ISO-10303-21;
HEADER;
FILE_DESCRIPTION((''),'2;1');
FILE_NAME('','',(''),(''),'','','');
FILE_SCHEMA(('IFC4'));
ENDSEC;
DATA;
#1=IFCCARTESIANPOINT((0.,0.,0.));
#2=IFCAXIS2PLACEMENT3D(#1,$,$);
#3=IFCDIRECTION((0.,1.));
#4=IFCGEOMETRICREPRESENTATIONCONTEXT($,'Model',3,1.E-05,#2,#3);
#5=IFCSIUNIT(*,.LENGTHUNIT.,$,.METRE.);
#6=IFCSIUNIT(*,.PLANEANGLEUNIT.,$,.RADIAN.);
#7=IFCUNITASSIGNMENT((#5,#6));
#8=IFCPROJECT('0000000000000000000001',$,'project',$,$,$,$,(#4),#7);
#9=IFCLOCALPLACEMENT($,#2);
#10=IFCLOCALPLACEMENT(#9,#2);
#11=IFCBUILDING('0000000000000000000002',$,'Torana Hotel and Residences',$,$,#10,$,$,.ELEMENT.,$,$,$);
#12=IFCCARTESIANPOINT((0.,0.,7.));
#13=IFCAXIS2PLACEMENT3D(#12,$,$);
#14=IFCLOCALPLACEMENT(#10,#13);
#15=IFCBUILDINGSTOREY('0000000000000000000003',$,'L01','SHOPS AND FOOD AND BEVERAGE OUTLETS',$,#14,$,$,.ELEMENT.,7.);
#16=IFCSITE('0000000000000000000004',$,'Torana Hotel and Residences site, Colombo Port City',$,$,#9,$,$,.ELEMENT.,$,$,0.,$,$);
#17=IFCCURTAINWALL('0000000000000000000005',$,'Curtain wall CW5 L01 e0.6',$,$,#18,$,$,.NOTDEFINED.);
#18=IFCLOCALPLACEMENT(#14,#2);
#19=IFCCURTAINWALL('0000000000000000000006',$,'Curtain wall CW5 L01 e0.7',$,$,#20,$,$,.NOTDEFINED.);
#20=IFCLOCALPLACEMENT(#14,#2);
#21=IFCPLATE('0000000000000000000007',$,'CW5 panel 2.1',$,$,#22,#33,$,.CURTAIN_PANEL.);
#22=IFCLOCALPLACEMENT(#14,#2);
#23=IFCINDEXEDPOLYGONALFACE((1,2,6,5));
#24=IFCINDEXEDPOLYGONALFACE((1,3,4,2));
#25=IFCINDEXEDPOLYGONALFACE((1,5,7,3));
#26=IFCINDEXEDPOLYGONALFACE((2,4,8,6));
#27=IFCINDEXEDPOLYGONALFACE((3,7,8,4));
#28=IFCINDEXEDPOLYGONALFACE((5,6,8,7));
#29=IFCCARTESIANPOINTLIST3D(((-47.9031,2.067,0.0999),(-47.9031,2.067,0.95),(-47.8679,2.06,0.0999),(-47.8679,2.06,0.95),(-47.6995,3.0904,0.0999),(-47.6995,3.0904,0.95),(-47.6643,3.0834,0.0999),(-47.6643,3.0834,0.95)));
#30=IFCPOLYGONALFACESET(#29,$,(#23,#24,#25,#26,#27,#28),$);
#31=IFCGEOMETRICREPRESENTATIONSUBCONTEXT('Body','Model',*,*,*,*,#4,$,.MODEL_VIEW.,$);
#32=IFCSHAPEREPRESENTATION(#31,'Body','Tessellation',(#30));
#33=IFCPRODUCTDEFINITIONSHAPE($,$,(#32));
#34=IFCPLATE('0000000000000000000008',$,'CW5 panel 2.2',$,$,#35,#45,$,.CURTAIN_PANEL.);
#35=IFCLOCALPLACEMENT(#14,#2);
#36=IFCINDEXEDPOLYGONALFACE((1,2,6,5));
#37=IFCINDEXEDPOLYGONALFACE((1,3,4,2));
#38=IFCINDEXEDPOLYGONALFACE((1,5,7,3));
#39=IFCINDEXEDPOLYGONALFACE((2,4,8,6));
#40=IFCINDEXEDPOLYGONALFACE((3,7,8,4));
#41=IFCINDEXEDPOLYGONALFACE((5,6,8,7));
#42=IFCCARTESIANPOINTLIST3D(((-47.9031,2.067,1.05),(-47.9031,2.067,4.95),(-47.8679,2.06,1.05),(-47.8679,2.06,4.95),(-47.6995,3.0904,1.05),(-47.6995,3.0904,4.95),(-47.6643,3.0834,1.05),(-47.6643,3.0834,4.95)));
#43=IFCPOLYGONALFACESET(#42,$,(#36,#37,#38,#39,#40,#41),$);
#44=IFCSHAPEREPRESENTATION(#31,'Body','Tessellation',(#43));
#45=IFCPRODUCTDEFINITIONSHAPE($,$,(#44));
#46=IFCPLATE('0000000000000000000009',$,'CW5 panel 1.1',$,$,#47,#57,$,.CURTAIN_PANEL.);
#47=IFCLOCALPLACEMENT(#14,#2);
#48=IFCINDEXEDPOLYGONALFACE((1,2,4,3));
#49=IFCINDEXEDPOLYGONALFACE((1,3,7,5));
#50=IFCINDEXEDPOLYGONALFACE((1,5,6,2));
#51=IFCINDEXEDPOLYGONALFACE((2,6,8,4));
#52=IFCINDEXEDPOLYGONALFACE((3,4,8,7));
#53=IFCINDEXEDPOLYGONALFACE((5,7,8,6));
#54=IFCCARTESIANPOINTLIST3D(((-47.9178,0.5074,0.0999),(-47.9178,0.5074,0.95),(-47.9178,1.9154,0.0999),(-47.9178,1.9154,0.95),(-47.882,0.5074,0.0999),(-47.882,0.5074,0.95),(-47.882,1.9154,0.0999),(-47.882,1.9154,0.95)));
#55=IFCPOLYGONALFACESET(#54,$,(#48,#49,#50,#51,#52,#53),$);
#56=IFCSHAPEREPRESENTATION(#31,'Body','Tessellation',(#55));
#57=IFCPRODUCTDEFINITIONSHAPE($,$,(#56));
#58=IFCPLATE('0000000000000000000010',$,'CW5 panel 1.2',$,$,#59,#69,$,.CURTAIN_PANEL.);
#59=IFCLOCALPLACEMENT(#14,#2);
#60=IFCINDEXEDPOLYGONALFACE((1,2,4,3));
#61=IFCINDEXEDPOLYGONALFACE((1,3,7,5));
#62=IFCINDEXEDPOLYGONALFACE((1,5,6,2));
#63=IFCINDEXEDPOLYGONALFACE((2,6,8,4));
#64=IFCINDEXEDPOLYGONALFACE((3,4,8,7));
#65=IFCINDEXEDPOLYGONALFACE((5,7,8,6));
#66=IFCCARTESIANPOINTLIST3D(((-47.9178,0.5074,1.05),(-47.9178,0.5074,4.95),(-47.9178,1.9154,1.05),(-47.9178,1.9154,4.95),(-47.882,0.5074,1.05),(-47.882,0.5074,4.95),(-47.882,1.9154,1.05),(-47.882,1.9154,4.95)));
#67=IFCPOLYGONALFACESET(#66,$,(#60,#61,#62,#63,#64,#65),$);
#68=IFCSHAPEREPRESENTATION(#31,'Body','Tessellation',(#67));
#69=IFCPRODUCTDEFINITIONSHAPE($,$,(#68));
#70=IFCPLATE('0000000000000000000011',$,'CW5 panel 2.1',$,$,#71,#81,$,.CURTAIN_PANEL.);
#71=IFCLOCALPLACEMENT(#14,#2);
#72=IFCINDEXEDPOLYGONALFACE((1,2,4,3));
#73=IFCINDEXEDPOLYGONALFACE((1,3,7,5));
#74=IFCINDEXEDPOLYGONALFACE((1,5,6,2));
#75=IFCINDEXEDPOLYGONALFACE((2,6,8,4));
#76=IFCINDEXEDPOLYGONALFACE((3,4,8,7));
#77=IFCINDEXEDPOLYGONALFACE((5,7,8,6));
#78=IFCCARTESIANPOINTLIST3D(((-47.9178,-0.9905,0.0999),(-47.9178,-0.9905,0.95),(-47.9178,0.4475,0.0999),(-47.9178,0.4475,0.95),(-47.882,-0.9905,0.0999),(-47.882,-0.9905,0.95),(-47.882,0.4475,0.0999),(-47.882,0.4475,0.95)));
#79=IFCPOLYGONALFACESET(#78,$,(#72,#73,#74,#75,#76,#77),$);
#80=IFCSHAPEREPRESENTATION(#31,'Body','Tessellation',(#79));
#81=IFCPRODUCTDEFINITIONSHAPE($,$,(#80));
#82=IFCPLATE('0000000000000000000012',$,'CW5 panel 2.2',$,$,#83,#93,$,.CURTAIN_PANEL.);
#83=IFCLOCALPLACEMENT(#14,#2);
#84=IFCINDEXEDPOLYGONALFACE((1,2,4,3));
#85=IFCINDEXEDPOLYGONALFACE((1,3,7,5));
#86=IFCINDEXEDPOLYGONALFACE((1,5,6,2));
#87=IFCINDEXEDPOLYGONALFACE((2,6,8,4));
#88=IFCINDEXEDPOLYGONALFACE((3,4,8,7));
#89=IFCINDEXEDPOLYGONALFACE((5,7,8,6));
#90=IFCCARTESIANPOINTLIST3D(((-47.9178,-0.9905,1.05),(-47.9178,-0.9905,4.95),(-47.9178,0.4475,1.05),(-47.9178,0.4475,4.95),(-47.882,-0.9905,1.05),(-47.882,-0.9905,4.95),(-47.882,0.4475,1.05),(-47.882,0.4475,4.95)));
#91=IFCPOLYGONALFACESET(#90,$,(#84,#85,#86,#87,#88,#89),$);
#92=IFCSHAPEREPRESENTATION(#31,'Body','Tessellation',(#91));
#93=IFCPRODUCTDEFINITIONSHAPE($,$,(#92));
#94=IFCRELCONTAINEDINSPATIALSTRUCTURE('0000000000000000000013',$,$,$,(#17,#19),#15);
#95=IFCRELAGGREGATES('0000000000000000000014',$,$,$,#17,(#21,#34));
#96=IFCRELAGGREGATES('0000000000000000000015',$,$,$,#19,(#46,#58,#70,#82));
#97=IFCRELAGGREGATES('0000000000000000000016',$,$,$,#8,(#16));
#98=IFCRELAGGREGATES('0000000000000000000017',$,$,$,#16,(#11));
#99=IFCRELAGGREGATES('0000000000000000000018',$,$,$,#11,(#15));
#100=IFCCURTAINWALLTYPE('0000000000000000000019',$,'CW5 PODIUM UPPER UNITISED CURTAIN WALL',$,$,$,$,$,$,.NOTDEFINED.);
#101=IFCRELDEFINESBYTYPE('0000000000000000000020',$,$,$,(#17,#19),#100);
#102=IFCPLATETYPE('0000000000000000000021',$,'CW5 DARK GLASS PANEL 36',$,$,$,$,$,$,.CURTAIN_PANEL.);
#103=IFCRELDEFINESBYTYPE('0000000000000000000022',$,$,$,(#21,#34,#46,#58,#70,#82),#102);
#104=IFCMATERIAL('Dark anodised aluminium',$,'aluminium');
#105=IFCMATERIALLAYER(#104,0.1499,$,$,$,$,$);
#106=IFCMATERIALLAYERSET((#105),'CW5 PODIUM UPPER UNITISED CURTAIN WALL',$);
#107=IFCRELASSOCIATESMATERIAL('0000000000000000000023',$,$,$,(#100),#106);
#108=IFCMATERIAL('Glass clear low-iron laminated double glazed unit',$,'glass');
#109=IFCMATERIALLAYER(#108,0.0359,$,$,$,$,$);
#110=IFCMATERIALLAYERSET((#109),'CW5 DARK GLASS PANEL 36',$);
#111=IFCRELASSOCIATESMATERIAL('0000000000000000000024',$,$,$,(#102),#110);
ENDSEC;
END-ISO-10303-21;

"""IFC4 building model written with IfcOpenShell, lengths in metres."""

from ifc_helpers import new_model, si_unit, direction, frame, origin, origin_2d, place, context, subcontext, project, spatial, rectangle, extrude, material, layer, layer_set, type_object, element, aggregate, save


model = new_model("IFC4")

# Units and contexts
model_context = context("Model", 3, precision=1e-05, world=origin(), true_north=direction((0.0, 1.0)))
body_context = subcontext(model_context, "Body", "Model", "MODEL_VIEW")
ifc_project = project(units=[si_unit("LENGTHUNIT", "METRE"), si_unit("PLANEANGLEUNIT", "RADIAN")], contexts=[model_context])

# Site, building, storey
site_placement = place(None, origin())
site = spatial("IfcSite", under=ifc_project, at=site_placement, Name="Torana Hotel and Residences site, Colombo Port City", CompositionType="ELEMENT", RefElevation=0.0)
building_placement = place(site_placement, origin())
building = spatial("IfcBuilding", under=site, at=building_placement, Name="Torana Hotel and Residences", CompositionType="ELEMENT")
storey_placement = place(building_placement, frame((0.0, 0.0, 7.0)))
storey = spatial("IfcBuildingStorey", under=building, at=storey_placement, Name="L01", Description="SHOPS AND FOOD AND BEVERAGE OUTLETS", CompositionType="ELEMENT", Elevation=7.0)

# Curtain walls
ifc_material_1 = material(Name="Dark anodised aluminium", Category="aluminium")
ifc_layer_1 = layer(ifc_material_1, 0.1499)
ifc_layer_set_1 = layer_set([ifc_layer_1], Name="CW5 PODIUM UPPER UNITISED CURTAIN WALL")
curtain_wall_type = type_object("IfcCurtainWallType", Name="CW5 PODIUM UPPER UNITISED CURTAIN WALL", PredefinedType="NOTDEFINED", material=ifc_layer_set_1)
curtain_wall_1_placement = place(storey_placement, origin())
curtain_wall_1 = element("IfcCurtainWall", 1, at=curtain_wall_1_placement, inside=storey, type_object=curtain_wall_type, Name="Curtain wall CW5 L01 e0.6", PredefinedType="NOTDEFINED")
curtain_wall_2_placement = place(storey_placement, origin())
curtain_wall_2 = element("IfcCurtainWall", 2, at=curtain_wall_2_placement, inside=storey, type_object=curtain_wall_type, Name="Curtain wall CW5 L01 e0.7", PredefinedType="NOTDEFINED")

# Plates
ifc_material_2 = material(Name="Glass clear low-iron laminated double glazed unit", Category="glass")
ifc_layer_2 = layer(ifc_material_2, 0.0359)
ifc_layer_set_2 = layer_set([ifc_layer_2], Name="CW5 DARK GLASS PANEL 36")
plate_type = type_object("IfcPlateType", Name="CW5 DARK GLASS PANEL 36", PredefinedType="CURTAIN_PANEL", material=ifc_layer_set_2)
plate_1_placement = place(storey_placement, frame((-47.7837, 2.5752, 0.0999), z_axis=(0.0, 0.0, 1.0), x_axis=(-0.195081, -0.980787, 0.0)))
plate_1 = element("IfcPlate", 3, at=plate_1_placement, type_object=plate_type, Name="CW5 panel 2.1", PredefinedType="CURTAIN_PANEL", context=body_context, shape_type="SweptSolid", body=[
    extrude(rectangle(XDim=1.0435, YDim=0.0359, at=origin_2d()), origin(), (0.0, 0.0, 1.0), 0.8501),
])
plate_2_placement = place(storey_placement, frame((-47.7837, 2.5752, 1.05), z_axis=(0.0, 0.0, 1.0), x_axis=(-0.195081, -0.980787, 0.0)))
plate_2 = element("IfcPlate", 4, at=plate_2_placement, type_object=plate_type, Name="CW5 panel 2.2", PredefinedType="CURTAIN_PANEL", context=body_context, shape_type="SweptSolid", body=[
    extrude(rectangle(XDim=1.0435, YDim=0.0359, at=origin_2d()), origin(), (0.0, 0.0, 1.0), 3.8999),
])
aggregate(curtain_wall_1, [plate_1, plate_2])
plate_3_placement = place(storey_placement, frame((-47.8999, 1.2114, 0.0999), z_axis=(0.0, 0.0, 1.0), x_axis=(0.0, -1.0, 0.0)))
plate_3 = element("IfcPlate", 5, at=plate_3_placement, type_object=plate_type, Name="CW5 panel 1.1", PredefinedType="CURTAIN_PANEL", context=body_context, shape_type="SweptSolid", body=[
    extrude(rectangle(XDim=1.408, YDim=0.0359, at=origin_2d()), origin(), (0.0, 0.0, 1.0), 0.8501),
])
plate_4_placement = place(storey_placement, frame((-47.8999, 1.2114, 1.05), z_axis=(0.0, 0.0, 1.0), x_axis=(0.0, -1.0, 0.0)))
plate_4 = element("IfcPlate", 6, at=plate_4_placement, type_object=plate_type, Name="CW5 panel 1.2", PredefinedType="CURTAIN_PANEL", context=body_context, shape_type="SweptSolid", body=[
    extrude(rectangle(XDim=1.408, YDim=0.0359, at=origin_2d()), origin(), (0.0, 0.0, 1.0), 3.8999),
])
plate_5_placement = place(storey_placement, frame((-47.8999, -0.2715, 0.0999), z_axis=(0.0, 0.0, 1.0), x_axis=(0.0, -1.0, 0.0)))
plate_5 = element("IfcPlate", 7, at=plate_5_placement, type_object=plate_type, Name="CW5 panel 2.1", PredefinedType="CURTAIN_PANEL", context=body_context, shape_type="SweptSolid", body=[
    extrude(rectangle(XDim=1.438, YDim=0.0359, at=origin_2d()), origin(), (0.0, 0.0, 1.0), 0.8501),
])
plate_6_placement = place(storey_placement, frame((-47.8999, -0.2715, 1.05), z_axis=(0.0, 0.0, 1.0), x_axis=(0.0, -1.0, 0.0)))
plate_6 = element("IfcPlate", 8, at=plate_6_placement, type_object=plate_type, Name="CW5 panel 2.2", PredefinedType="CURTAIN_PANEL", context=body_context, shape_type="SweptSolid", body=[
    extrude(rectangle(XDim=1.438, YDim=0.0359, at=origin_2d()), origin(), (0.0, 0.0, 1.0), 3.8999),
])
aggregate(curtain_wall_2, [plate_3, plate_4, plate_5, plate_6])

save(model, "model.ifc")
